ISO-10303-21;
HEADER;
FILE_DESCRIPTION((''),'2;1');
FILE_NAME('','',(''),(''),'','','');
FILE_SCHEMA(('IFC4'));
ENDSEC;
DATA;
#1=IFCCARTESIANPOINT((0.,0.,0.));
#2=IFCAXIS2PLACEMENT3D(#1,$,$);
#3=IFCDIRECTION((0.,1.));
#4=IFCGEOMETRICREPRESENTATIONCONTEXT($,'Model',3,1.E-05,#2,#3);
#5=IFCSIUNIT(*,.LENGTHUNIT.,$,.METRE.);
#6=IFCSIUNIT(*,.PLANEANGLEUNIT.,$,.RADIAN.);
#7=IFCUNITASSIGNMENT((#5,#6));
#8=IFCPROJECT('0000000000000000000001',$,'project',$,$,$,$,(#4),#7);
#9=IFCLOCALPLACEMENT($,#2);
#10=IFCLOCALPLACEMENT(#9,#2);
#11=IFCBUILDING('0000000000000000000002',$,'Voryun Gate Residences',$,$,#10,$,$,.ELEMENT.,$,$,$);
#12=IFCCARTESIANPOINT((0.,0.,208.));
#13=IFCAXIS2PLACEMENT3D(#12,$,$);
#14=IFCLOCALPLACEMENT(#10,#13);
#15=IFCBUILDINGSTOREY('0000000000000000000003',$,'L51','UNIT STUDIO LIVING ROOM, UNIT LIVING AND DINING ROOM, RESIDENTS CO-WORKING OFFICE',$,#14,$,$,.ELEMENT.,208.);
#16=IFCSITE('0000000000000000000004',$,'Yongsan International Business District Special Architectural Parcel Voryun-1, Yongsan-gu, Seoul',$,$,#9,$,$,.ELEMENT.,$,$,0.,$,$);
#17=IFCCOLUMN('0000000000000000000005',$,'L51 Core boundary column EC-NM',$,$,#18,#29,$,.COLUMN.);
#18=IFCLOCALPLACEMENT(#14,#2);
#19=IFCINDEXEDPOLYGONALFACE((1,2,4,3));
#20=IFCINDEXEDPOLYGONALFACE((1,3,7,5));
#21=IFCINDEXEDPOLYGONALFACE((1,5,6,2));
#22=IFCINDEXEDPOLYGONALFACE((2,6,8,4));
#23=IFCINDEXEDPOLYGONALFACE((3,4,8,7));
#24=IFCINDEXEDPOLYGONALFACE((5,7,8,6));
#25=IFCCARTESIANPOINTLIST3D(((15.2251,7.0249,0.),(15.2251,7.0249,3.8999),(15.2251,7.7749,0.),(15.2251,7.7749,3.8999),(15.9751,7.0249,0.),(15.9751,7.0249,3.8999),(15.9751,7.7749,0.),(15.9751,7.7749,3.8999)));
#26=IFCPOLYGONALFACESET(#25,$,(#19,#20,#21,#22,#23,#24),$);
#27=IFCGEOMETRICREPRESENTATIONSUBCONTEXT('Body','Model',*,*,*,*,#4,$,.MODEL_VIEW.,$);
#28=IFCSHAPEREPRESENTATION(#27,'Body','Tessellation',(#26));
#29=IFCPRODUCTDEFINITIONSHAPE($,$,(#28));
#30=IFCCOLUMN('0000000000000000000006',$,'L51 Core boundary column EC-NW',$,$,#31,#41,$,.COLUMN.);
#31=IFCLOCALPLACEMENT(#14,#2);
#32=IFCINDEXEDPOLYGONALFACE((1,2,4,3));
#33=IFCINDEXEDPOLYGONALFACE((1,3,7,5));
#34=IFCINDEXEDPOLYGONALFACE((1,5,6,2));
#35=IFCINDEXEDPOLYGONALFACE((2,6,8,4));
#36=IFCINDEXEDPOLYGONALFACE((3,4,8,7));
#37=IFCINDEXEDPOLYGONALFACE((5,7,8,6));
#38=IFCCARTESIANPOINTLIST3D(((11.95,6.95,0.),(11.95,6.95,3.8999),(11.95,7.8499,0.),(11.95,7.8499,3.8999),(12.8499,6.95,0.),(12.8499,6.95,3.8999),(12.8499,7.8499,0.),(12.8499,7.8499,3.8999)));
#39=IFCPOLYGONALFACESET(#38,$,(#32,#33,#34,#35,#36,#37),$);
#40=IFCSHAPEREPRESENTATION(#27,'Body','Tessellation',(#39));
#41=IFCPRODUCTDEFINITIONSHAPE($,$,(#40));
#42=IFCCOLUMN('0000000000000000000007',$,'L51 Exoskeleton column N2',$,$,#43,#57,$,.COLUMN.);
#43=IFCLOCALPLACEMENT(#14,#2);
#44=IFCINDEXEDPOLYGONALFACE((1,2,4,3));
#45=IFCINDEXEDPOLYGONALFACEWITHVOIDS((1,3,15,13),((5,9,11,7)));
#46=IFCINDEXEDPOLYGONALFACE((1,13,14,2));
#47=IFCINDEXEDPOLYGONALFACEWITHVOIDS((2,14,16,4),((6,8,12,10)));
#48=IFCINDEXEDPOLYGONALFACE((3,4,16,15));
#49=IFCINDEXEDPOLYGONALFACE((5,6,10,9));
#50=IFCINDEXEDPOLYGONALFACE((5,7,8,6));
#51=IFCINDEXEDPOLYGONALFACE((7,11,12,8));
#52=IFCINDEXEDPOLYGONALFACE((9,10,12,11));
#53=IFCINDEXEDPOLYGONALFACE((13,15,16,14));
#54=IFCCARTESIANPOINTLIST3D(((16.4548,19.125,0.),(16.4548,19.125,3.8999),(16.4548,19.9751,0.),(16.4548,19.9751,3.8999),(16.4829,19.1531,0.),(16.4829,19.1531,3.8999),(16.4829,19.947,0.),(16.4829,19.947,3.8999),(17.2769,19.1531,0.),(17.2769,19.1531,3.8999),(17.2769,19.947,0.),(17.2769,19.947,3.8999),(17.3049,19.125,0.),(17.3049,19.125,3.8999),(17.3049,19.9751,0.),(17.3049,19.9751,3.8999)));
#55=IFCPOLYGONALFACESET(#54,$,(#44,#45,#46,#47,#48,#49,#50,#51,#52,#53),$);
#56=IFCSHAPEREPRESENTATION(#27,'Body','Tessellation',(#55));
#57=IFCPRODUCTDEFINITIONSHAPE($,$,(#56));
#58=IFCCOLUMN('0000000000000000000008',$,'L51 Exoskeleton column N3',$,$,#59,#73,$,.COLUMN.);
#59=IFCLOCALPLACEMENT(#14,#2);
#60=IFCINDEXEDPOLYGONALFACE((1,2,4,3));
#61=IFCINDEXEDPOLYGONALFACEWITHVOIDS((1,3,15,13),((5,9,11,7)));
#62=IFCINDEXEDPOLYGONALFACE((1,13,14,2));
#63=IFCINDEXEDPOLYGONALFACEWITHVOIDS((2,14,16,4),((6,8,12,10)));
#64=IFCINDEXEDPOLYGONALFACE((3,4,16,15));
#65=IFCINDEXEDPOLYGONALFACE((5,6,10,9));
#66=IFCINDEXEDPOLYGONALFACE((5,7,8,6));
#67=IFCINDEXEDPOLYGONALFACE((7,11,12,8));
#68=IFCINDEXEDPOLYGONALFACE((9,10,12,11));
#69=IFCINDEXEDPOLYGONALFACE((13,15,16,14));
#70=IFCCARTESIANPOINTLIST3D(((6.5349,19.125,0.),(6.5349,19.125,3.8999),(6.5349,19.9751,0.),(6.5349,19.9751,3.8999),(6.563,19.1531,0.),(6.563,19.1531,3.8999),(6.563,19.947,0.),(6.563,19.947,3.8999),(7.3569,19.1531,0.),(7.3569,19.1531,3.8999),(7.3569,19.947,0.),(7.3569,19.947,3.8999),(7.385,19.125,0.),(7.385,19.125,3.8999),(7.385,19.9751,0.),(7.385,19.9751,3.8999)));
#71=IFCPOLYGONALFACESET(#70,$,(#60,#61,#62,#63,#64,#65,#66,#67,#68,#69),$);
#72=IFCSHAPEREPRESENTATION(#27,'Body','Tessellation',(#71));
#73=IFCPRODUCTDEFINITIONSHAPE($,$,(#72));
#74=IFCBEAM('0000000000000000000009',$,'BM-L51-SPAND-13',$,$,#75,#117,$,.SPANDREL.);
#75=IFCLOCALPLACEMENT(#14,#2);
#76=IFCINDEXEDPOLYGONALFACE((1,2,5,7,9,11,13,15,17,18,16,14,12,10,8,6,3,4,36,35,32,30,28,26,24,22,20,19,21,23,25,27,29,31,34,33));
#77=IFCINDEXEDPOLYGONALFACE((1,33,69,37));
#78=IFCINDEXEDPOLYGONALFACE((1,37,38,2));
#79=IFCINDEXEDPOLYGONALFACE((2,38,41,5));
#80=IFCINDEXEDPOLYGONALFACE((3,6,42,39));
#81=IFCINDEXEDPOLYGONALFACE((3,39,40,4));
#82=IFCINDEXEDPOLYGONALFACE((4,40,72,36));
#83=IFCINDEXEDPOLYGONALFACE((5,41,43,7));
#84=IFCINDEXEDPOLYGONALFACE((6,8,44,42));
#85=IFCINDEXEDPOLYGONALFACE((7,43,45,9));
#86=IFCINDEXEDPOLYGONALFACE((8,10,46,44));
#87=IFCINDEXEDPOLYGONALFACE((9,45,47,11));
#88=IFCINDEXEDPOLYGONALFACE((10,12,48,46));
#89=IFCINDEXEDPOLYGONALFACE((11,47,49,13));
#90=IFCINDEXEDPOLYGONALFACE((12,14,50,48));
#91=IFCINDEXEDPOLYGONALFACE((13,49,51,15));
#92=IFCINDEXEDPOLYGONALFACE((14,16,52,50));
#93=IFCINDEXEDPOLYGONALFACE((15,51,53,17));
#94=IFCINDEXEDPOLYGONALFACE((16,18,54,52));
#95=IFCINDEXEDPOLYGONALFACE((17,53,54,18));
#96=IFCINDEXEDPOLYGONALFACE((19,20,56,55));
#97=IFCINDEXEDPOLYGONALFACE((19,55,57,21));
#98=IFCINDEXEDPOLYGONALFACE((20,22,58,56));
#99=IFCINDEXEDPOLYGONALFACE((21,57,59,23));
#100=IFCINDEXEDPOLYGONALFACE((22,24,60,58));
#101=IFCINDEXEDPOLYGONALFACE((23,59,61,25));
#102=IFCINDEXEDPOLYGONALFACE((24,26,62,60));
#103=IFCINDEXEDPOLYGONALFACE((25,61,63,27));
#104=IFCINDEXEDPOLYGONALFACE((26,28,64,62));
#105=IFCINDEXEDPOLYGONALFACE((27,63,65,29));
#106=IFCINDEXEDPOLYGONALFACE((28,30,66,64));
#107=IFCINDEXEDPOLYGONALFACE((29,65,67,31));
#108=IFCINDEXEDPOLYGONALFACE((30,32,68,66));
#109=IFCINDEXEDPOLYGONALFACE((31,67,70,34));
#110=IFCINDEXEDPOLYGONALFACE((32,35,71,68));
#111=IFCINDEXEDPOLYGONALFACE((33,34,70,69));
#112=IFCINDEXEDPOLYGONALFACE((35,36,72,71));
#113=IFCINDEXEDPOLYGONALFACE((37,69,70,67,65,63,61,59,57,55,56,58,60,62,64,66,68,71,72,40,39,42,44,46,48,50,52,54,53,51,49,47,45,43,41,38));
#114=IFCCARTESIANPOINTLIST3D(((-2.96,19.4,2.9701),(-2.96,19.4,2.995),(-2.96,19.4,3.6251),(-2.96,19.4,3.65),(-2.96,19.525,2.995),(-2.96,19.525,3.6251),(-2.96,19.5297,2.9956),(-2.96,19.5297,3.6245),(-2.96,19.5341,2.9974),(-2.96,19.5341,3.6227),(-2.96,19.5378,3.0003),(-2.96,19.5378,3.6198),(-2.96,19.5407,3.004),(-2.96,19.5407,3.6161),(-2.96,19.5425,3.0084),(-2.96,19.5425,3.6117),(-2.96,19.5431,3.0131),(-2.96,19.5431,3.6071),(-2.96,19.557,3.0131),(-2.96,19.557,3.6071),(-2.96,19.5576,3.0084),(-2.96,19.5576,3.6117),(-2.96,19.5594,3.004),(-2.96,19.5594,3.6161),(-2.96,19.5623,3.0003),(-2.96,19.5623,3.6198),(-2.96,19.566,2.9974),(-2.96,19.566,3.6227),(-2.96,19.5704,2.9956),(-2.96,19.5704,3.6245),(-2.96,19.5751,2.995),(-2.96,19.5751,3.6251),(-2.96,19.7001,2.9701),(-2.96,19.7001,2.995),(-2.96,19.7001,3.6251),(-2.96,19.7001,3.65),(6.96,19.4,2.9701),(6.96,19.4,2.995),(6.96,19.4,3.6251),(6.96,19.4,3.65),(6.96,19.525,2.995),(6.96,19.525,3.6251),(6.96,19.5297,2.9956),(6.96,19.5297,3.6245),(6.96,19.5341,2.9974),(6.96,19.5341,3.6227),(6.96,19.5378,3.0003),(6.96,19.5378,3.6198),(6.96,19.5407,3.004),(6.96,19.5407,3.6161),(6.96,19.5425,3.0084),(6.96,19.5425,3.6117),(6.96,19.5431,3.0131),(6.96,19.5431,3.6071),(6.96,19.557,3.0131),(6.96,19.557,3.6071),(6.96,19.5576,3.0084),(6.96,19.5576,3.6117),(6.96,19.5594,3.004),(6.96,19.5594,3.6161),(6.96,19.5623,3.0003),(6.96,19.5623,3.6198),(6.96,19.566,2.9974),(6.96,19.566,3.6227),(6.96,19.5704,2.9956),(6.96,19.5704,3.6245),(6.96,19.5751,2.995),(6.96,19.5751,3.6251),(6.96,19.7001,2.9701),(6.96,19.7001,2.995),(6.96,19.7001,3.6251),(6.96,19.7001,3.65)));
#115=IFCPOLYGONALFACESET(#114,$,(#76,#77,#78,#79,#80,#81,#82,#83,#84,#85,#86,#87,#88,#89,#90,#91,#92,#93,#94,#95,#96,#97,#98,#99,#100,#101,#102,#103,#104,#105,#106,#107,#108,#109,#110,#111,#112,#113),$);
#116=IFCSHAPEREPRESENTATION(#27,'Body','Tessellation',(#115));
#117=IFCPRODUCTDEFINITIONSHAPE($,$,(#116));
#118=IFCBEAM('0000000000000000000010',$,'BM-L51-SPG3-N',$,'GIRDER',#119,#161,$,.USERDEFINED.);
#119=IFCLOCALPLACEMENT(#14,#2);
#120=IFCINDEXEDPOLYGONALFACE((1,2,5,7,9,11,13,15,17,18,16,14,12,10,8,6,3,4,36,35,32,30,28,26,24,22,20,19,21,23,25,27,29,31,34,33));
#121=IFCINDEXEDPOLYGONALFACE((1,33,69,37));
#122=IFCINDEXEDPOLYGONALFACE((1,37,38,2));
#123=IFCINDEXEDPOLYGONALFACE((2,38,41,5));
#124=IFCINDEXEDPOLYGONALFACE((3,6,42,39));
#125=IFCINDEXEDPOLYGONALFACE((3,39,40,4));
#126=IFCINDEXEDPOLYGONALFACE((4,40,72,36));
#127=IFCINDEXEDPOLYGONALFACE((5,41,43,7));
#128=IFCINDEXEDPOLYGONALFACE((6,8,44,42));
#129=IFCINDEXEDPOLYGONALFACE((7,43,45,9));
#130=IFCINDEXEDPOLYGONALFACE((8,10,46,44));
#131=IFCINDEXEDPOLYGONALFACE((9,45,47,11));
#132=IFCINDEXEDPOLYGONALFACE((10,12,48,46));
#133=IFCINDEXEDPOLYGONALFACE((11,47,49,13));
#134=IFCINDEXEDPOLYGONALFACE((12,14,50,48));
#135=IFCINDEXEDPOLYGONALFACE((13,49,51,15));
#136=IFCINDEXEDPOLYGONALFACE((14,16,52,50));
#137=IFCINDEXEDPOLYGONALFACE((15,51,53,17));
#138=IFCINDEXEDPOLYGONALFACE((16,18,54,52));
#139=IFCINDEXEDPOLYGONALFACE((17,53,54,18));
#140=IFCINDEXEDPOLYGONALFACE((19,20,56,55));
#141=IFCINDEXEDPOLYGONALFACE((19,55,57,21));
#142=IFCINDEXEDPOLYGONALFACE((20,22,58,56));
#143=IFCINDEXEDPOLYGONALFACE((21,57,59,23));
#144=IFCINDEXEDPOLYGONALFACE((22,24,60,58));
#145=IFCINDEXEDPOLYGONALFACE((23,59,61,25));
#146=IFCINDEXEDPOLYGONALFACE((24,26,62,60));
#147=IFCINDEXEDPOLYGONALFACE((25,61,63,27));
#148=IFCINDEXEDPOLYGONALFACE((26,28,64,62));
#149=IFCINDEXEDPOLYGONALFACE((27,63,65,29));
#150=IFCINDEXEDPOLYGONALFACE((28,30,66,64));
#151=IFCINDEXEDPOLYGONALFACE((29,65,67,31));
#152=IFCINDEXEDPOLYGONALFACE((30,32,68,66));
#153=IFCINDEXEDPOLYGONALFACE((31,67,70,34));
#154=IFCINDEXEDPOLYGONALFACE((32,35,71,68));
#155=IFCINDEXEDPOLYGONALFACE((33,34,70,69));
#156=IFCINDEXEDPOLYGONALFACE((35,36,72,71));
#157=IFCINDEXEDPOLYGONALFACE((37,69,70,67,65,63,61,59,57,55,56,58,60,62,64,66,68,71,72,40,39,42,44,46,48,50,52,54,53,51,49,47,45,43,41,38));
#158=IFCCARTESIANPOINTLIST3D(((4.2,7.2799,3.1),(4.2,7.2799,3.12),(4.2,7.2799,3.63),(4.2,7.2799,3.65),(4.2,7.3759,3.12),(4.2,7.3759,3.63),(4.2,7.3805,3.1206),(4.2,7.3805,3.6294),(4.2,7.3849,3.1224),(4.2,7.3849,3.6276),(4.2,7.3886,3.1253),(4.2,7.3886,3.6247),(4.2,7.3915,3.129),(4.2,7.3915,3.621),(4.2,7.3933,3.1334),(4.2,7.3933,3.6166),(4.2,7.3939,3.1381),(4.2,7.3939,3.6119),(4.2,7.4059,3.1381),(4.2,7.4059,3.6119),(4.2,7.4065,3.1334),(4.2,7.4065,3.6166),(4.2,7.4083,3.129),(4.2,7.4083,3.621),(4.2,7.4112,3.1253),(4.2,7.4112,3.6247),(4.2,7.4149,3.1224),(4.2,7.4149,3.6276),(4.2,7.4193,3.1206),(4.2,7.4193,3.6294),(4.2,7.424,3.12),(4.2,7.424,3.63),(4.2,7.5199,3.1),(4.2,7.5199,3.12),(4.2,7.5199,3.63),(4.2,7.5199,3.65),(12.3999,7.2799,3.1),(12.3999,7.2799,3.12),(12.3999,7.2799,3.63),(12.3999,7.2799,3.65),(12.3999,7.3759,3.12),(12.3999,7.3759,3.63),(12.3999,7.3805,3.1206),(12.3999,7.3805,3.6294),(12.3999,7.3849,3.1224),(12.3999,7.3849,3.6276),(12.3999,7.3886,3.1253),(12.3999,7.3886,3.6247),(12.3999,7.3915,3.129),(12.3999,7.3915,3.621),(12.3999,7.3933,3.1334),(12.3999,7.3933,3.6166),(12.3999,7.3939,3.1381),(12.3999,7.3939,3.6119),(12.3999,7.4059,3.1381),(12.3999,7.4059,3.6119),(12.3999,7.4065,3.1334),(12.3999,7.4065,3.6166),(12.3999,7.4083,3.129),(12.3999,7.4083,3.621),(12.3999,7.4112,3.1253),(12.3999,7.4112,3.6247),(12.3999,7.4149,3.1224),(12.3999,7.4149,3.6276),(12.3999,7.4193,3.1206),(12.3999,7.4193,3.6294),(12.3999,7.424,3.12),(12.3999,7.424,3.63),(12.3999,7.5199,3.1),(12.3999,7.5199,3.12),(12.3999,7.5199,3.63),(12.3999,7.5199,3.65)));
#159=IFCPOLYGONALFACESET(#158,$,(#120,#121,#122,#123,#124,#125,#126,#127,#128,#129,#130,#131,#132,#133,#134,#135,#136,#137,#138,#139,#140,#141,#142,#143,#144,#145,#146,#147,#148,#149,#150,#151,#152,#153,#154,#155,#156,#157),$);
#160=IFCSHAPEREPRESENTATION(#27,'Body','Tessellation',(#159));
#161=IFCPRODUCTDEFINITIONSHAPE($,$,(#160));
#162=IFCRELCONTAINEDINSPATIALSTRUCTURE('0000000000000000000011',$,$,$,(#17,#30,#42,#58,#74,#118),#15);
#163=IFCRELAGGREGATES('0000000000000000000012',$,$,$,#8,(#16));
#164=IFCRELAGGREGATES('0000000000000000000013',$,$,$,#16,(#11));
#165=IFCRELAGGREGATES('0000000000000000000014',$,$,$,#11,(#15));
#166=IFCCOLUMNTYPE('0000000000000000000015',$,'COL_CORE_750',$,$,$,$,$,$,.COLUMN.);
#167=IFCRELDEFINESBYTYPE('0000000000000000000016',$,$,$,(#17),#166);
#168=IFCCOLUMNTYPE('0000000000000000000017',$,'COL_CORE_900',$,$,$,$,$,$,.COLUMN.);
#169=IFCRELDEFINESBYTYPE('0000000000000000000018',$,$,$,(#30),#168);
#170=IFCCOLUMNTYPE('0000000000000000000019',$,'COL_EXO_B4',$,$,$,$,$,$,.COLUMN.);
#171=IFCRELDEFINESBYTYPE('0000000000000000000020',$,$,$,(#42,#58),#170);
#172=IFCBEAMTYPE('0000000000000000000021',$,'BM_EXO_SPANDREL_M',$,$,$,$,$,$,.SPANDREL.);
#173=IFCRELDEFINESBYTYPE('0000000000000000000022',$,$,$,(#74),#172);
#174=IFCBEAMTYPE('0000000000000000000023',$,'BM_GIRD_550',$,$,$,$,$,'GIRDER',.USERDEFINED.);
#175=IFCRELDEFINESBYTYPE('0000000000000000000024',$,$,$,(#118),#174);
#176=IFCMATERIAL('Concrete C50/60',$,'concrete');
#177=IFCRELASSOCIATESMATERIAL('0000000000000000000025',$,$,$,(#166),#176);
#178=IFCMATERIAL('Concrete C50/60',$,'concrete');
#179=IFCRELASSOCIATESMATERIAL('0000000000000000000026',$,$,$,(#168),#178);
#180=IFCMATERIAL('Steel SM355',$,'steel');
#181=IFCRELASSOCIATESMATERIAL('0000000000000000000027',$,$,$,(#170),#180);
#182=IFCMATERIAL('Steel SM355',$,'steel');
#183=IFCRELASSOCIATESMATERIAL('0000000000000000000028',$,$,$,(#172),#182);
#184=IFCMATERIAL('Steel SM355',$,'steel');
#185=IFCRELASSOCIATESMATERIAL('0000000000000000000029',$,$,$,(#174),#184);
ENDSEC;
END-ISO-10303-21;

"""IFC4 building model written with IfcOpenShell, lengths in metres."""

from ifc_helpers import new_model, si_unit, direction, frame, origin, origin_2d, place, context, subcontext, project, spatial, rectangle, hollow_rectangle, i_section, extrude, material, material_profile, profile_set, type_object, element, save


model = new_model("IFC4")

# Units and contexts
model_context = context("Model", 3, precision=1e-05, world=origin(), true_north=direction((0.0, 1.0)))
body_context = subcontext(model_context, "Body", "Model", "MODEL_VIEW")
ifc_project = project(units=[si_unit("LENGTHUNIT", "METRE"), si_unit("PLANEANGLEUNIT", "RADIAN")], contexts=[model_context])

# Site, building, storey
site_placement = place(None, origin())
site = spatial("IfcSite", under=ifc_project, at=site_placement, Name="Yongsan International Business District Special Architectural Parcel Voryun-1, Yongsan-gu, Seoul", CompositionType="ELEMENT", RefElevation=0.0)
building_placement = place(site_placement, origin())
building = spatial("IfcBuilding", under=site, at=building_placement, Name="Voryun Gate Residences", CompositionType="ELEMENT")
storey_placement = place(building_placement, frame((0.0, 0.0, 208.0)))
storey = spatial("IfcBuildingStorey", under=building, at=storey_placement, Name="L51", Description="UNIT STUDIO LIVING ROOM, UNIT LIVING AND DINING ROOM, RESIDENTS CO-WORKING OFFICE", CompositionType="ELEMENT", Elevation=208.0)

# Columns
ifc_material_1 = material(Name="Concrete C50/60", Category="concrete")
ifc_material_profile_1 = material_profile(ifc_material_1, rectangle(XDim=0.75, YDim=0.75, at=origin_2d()), Name="RC-750x750")
ifc_profile_set_1 = profile_set([ifc_material_profile_1], Name="Concrete C50/60")
column_type_1 = type_object("IfcColumnType", Name="COL_CORE_750", PredefinedType="COLUMN", material=ifc_profile_set_1)
column_1_placement = place(storey_placement, frame((15.6001, 7.3999, 0.0), z_axis=(0.0, 0.0, 1.0), x_axis=(1.0, 0.0, 0.0)))
element("IfcColumn", 1, at=column_1_placement, inside=storey, type_object=column_type_1, Name="L51 Core boundary column EC-NM", PredefinedType="COLUMN", context=body_context, shape_type="SweptSolid", body=[
    extrude(rectangle(XDim=0.75, YDim=0.75, at=origin_2d()), origin(), (0.0, 0.0, 1.0), 3.8999),
])
ifc_material_2 = material(Name="Concrete C50/60", Category="concrete")
ifc_material_profile_2 = material_profile(ifc_material_2, rectangle(XDim=0.8999, YDim=0.8999, at=origin_2d()), Name="RC-900x900")
ifc_profile_set_2 = profile_set([ifc_material_profile_2], Name="Concrete C50/60")
column_type_2 = type_object("IfcColumnType", Name="COL_CORE_900", PredefinedType="COLUMN", material=ifc_profile_set_2)
column_2_placement = place(storey_placement, frame((12.3999, 7.3999, 0.0), z_axis=(0.0, 0.0, 1.0), x_axis=(1.0, 0.0, 0.0)))
element("IfcColumn", 2, at=column_2_placement, inside=storey, type_object=column_type_2, Name="L51 Core boundary column EC-NW", PredefinedType="COLUMN", context=body_context, shape_type="SweptSolid", body=[
    extrude(rectangle(XDim=0.8999, YDim=0.8999, at=origin_2d()), origin(), (0.0, 0.0, 1.0), 3.8999),
])
ifc_material_3 = material(Name="Steel SM355", Category="steel")
ifc_material_profile_3 = material_profile(ifc_material_3, hollow_rectangle(XDim=0.8501, YDim=0.8501, WallThickness=0.0281, at=origin_2d()), Name="BOX-850x850x28")
ifc_profile_set_3 = profile_set([ifc_material_profile_3], Name="Steel SM355")
column_type_3 = type_object("IfcColumnType", Name="COL_EXO_B4", PredefinedType="COLUMN", material=ifc_profile_set_3)
for number, where, z_axis, x_axis, name in (
    (3, (16.8799, 19.55, 0.0), (0.0, 0.0, 1.0), (1.0, 0.0, 0.0), "L51 Exoskeleton column N2"),
    (4, (6.96, 19.55, 0.0), (0.0, 0.0, 1.0), (1.0, 0.0, 0.0), "L51 Exoskeleton column N3"),
):
    element("IfcColumn", number, at=place(storey_placement, frame(where, z_axis=z_axis, x_axis=x_axis)), inside=storey, type_object=column_type_3, Name=name, PredefinedType="COLUMN", context=body_context, shape_type="SweptSolid", body=[
        extrude(hollow_rectangle(XDim=0.8501, YDim=0.8501, WallThickness=0.0281, at=origin_2d()), origin(), (0.0, 0.0, 1.0), 3.8999),
    ])

# Beams
ifc_material_4 = material(Name="Steel SM355", Category="steel")
ifc_material_profile_4 = material_profile(ifc_material_4, i_section(OverallWidth=0.3, OverallDepth=0.6799, WebThickness=0.0139, FlangeThickness=0.0249, FilletRadius=0.0181, at=origin_2d()), Name="H-680x300x14x25")
ifc_profile_set_4 = profile_set([ifc_material_profile_4], Name="Steel SM355")
beam_type_1 = type_object("IfcBeamType", Name="BM_EXO_SPANDREL_M", PredefinedType="SPANDREL", material=ifc_profile_set_4)
beam_1_placement = place(storey_placement, frame((6.96, 19.55, 3.3101), z_axis=(-1.0, 0.0, 0.0), x_axis=(0.0, -1.0, 0.0)))
element("IfcBeam", 5, at=beam_1_placement, inside=storey, type_object=beam_type_1, Name="BM-L51-SPAND-13", PredefinedType="SPANDREL", context=body_context, shape_type="SweptSolid", body=[
    extrude(i_section(OverallWidth=0.3, OverallDepth=0.6799, WebThickness=0.0139, FlangeThickness=0.0249, FilletRadius=0.0181, at=origin_2d()), origin(), (0.0, 0.0, 1.0), 9.9199),
])
ifc_material_5 = material(Name="Steel SM355", Category="steel")
ifc_material_profile_5 = material_profile(ifc_material_5, i_section(OverallWidth=0.24, OverallDepth=0.55, WebThickness=0.012, FlangeThickness=0.02, FilletRadius=0.0181, at=origin_2d()), Name="H-550x240x12x20")
ifc_profile_set_5 = profile_set([ifc_material_profile_5], Name="Steel SM355")
beam_type_2 = type_object("IfcBeamType", Name="BM_GIRD_550", ElementType="GIRDER", PredefinedType="USERDEFINED", material=ifc_profile_set_5)
beam_2_placement = place(storey_placement, frame((4.2, 7.3999, 3.375), z_axis=(1.0, 0.0, 0.0), x_axis=(0.0, 1.0, 0.0)))
element("IfcBeam", 6, at=beam_2_placement, inside=storey, type_object=beam_type_2, Name="BM-L51-SPG3-N", ObjectType="GIRDER", PredefinedType="USERDEFINED", context=body_context, shape_type="SweptSolid", body=[
    extrude(i_section(OverallWidth=0.24, OverallDepth=0.55, WebThickness=0.012, FlangeThickness=0.02, FilletRadius=0.0181, at=origin_2d()), origin(), (0.0, 0.0, 1.0), 8.2),
])

save(model, "model.ifc")
